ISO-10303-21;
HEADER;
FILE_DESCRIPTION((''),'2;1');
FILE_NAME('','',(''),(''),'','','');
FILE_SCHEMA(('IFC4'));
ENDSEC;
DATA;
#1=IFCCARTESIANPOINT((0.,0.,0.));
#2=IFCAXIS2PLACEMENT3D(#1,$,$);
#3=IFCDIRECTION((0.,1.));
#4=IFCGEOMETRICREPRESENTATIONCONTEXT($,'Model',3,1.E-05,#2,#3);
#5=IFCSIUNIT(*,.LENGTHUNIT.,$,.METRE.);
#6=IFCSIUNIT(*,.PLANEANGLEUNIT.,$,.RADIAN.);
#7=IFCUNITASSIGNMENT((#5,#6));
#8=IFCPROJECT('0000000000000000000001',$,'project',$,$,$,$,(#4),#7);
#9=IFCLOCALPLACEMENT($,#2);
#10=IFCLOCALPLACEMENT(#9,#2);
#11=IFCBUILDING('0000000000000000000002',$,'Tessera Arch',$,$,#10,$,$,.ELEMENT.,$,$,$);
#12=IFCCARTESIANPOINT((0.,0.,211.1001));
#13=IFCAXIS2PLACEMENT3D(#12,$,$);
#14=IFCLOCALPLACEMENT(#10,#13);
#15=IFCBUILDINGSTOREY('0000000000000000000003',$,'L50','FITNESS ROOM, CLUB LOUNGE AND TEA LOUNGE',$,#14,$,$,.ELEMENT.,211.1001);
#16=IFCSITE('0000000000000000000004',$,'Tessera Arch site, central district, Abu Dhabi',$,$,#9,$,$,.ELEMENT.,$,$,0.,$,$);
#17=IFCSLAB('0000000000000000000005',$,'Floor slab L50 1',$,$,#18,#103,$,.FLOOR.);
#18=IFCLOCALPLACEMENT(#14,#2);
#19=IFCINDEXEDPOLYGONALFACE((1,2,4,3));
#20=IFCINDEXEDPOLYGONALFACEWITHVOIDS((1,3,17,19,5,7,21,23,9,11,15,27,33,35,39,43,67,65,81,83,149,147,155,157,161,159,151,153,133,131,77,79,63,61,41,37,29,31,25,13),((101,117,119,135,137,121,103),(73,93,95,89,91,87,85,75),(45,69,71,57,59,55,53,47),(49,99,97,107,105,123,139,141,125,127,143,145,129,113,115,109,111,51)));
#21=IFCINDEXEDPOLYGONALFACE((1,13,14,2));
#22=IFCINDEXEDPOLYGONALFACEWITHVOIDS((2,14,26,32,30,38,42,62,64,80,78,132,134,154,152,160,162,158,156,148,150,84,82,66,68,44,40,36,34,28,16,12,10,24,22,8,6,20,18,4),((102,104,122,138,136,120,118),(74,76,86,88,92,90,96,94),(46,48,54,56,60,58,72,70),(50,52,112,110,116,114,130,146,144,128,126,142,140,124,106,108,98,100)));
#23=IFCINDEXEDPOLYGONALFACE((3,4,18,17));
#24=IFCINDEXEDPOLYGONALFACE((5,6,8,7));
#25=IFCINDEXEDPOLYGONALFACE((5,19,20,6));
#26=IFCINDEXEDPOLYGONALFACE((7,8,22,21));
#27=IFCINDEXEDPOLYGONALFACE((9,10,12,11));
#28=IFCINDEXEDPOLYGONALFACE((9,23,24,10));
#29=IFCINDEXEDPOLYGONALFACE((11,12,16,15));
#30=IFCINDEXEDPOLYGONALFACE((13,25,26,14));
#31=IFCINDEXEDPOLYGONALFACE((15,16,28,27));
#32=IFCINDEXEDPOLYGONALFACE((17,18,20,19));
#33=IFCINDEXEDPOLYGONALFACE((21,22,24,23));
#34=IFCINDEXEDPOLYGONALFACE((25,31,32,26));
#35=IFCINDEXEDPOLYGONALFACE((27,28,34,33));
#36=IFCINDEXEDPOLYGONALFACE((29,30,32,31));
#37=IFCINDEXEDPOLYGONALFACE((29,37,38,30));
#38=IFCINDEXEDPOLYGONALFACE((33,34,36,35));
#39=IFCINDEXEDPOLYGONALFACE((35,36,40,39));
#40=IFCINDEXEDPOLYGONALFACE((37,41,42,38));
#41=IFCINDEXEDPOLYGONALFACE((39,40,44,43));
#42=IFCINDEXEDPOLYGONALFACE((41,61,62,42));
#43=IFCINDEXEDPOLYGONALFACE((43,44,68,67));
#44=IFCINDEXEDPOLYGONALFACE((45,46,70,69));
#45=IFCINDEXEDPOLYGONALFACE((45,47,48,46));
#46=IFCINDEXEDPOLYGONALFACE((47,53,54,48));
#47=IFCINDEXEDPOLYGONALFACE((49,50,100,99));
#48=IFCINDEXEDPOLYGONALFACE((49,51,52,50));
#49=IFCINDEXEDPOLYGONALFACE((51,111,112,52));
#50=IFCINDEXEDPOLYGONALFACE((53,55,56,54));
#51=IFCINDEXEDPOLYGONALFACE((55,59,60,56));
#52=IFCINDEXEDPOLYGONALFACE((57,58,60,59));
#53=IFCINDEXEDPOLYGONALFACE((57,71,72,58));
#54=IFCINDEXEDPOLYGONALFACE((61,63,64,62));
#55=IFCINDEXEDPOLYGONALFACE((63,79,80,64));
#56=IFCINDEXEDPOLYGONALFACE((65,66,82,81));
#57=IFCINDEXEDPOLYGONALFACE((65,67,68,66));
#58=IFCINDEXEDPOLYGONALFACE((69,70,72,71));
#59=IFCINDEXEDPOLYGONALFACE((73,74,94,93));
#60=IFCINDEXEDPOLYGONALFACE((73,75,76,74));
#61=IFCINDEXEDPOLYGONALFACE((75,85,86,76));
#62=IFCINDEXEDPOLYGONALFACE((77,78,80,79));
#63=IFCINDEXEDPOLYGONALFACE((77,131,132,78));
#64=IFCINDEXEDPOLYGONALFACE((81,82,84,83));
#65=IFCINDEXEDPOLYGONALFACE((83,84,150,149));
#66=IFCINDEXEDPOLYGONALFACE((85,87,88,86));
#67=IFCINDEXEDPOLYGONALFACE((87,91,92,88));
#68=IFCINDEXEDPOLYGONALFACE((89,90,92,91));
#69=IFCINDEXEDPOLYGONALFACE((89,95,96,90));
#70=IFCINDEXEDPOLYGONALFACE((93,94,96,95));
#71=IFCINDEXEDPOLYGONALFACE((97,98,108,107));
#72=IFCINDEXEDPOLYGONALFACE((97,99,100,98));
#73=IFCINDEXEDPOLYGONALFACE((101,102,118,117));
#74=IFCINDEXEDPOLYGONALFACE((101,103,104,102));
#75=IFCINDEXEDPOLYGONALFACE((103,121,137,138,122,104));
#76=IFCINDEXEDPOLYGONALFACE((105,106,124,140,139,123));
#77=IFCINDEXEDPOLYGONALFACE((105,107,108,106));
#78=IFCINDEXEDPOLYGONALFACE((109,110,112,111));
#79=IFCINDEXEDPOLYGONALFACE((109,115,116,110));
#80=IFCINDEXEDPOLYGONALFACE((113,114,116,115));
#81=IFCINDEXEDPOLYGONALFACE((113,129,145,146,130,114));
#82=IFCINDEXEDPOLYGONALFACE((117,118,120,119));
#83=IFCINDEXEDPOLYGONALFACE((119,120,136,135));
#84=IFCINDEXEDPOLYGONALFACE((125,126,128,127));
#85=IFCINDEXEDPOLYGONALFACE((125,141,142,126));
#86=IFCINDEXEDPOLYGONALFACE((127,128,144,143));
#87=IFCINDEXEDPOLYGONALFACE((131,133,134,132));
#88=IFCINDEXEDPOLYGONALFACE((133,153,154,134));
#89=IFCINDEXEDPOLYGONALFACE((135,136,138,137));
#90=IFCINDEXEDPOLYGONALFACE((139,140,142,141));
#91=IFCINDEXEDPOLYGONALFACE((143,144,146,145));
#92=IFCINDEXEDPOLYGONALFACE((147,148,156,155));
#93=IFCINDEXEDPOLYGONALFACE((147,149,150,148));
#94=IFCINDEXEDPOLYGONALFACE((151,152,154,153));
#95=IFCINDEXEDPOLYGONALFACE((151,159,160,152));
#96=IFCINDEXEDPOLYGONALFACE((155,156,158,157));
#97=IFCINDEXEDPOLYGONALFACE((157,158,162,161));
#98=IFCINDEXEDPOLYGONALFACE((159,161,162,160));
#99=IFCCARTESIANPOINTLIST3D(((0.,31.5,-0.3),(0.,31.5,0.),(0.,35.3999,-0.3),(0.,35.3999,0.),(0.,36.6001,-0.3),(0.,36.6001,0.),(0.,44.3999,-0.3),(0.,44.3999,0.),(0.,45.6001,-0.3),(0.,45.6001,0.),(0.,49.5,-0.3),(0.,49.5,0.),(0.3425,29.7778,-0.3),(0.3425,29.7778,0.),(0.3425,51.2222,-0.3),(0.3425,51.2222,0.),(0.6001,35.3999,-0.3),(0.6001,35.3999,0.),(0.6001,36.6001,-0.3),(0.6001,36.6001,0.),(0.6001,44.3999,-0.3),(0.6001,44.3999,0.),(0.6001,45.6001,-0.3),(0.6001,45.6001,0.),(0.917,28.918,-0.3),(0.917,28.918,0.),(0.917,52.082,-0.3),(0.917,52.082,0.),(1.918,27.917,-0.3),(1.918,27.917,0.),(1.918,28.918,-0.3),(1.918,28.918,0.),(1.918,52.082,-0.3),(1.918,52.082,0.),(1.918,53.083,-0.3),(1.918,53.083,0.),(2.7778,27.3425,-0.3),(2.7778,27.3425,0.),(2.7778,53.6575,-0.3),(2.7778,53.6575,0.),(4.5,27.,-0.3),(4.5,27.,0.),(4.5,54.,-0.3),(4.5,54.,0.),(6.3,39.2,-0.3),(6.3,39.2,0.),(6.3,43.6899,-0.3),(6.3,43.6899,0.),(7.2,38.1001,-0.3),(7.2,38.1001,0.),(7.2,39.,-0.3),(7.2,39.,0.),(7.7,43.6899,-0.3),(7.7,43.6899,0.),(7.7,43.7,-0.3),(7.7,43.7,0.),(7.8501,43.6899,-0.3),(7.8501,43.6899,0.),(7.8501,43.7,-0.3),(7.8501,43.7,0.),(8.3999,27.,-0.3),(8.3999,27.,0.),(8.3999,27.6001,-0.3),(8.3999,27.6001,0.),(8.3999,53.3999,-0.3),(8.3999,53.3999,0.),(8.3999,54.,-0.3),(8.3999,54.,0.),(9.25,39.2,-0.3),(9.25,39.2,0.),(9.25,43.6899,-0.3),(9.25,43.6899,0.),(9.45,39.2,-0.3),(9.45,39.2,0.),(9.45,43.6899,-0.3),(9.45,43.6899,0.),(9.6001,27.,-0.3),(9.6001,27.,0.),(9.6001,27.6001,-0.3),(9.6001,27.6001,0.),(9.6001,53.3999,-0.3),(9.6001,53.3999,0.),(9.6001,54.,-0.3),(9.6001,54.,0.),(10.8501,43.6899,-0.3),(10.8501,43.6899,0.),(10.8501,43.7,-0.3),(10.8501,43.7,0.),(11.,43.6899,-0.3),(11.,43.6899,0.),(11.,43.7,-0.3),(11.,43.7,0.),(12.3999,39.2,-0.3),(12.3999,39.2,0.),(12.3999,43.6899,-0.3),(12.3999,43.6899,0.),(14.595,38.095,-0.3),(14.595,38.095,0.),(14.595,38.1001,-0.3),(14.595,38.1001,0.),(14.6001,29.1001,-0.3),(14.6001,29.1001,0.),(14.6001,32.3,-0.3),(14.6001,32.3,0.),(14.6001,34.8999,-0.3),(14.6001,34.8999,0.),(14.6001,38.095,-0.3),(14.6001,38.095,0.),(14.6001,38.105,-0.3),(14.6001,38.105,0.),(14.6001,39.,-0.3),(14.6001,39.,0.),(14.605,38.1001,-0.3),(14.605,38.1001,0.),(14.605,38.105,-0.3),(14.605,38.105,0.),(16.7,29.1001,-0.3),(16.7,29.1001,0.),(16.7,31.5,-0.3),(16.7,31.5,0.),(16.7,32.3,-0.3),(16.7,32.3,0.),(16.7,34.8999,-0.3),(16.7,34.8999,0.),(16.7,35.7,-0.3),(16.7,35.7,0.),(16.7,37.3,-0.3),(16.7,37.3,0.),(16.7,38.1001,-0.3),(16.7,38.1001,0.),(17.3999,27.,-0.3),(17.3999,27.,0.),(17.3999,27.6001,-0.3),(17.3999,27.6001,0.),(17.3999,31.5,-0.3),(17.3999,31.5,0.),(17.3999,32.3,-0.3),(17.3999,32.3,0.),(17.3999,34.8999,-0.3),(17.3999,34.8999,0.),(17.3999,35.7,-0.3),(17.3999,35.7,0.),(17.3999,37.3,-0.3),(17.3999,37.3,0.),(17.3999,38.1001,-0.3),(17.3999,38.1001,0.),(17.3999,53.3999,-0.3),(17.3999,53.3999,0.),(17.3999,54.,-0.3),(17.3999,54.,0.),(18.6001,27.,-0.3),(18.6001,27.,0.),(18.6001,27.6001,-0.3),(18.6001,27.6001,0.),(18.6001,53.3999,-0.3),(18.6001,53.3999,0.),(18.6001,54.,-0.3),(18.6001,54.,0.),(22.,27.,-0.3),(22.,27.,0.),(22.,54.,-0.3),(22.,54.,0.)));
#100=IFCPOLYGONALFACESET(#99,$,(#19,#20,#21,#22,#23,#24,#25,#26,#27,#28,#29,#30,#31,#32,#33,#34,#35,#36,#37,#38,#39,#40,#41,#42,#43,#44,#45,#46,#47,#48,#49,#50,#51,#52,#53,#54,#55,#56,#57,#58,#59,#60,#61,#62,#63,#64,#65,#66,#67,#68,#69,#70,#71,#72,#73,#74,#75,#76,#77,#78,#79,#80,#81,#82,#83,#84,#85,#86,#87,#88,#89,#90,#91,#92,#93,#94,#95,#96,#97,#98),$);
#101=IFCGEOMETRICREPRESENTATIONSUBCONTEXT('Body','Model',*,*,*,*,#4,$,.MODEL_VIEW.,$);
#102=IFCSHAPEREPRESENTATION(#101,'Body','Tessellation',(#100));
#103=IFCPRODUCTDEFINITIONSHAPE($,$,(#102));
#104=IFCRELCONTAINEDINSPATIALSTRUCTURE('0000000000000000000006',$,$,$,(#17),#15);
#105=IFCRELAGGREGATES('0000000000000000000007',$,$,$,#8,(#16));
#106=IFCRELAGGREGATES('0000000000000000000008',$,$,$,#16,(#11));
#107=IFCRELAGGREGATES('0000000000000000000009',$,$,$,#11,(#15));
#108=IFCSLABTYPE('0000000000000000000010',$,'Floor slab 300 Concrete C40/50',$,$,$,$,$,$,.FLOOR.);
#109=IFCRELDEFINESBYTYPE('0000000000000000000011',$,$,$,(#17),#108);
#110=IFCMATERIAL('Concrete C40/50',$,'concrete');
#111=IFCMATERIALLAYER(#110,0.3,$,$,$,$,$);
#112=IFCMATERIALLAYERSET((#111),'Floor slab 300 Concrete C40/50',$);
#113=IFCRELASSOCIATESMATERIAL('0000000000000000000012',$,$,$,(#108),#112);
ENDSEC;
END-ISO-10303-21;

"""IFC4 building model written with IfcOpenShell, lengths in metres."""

from ifc_helpers import new_model, si_unit, direction, frame, origin, place, context, subcontext, project, spatial, polyline, outline, extrude, material, layer, layer_set, type_object, element, save


model = new_model("IFC4")

# Units and contexts
model_context = context("Model", 3, precision=1e-05, world=origin(), true_north=direction((0.0, 1.0)))
body_context = subcontext(model_context, "Body", "Model", "MODEL_VIEW")
ifc_project = project(units=[si_unit("LENGTHUNIT", "METRE"), si_unit("PLANEANGLEUNIT", "RADIAN")], contexts=[model_context])

# Site, building, storey
site_placement = place(None, origin())
site = spatial("IfcSite", under=ifc_project, at=site_placement, Name="Tessera Arch site, central district, Abu Dhabi", CompositionType="ELEMENT", RefElevation=0.0)
building_placement = place(site_placement, origin())
building = spatial("IfcBuilding", under=site, at=building_placement, Name="Tessera Arch", CompositionType="ELEMENT")
storey_placement = place(building_placement, frame((0.0, 0.0, 211.1001)))
storey = spatial("IfcBuildingStorey", under=building, at=storey_placement, Name="L50", Description="FITNESS ROOM, CLUB LOUNGE AND TEA LOUNGE", CompositionType="ELEMENT", Elevation=211.1001)

# Slab
ifc_material_1 = material(Name="Concrete C40/50", Category="concrete")
ifc_layer_1 = layer(ifc_material_1, 0.3)
ifc_layer_set_1 = layer_set([ifc_layer_1], Name="Floor slab 300 Concrete C40/50")
slab_type_1 = type_object("IfcSlabType", Name="Floor slab 300 Concrete C40/50", PredefinedType="FLOOR", material=ifc_layer_set_1)
slab_1_placement = place(storey_placement, frame((0.0, 0.0, -0.3)))
element("IfcSlab", 1, at=slab_1_placement, inside=storey, type_object=slab_type_1, Name="Floor slab L50 1", PredefinedType="FLOOR", context=body_context, shape_type="SweptSolid", body=[
    extrude(outline(polyline([(1.918, 27.917), (1.918, 28.918), (0.917, 28.918), (0.3425, 29.7778), (0.0, 31.5), (0.0, 35.3999), (0.6001, 35.3999), (0.6001, 36.6001), (0.0, 36.6001), (0.0, 44.3999), (0.6001, 44.3999), (0.6001, 45.6001), (0.0, 45.6001), (0.0, 49.5), (0.3425, 51.2222), (0.917, 52.082), (1.918, 52.082), (1.918, 53.083), (2.7778, 53.6575), (4.5, 54.0), (8.3999, 54.0), (8.3999, 53.3999), (9.6001, 53.3999), (9.6001, 54.0), (17.3999, 54.0), (17.3999, 53.3999), (18.6001, 53.3999), (18.6001, 54.0), (22.0, 54.0), (22.0, 27.0), (18.6001, 27.0), (18.6001, 27.6001), (17.3999, 27.6001), (17.3999, 27.0), (9.6001, 27.0), (9.6001, 27.6001), (8.3999, 27.6001), (8.3999, 27.0), (4.5, 27.0), (2.7778, 27.3425), (1.918, 27.917)]), holes=[polyline([(14.6001, 29.1001), (16.7, 29.1001), (16.7, 31.5), (17.3999, 31.5), (17.3999, 32.3), (16.7, 32.3), (14.6001, 32.3), (14.6001, 29.1001)]), polyline([(17.3999, 35.7), (16.7, 35.7), (16.7, 37.3), (17.3999, 37.3), (17.3999, 38.1001), (16.7, 38.1001), (14.605, 38.1001), (14.605, 38.105), (14.6001, 38.105), (14.6001, 39.0), (7.2, 39.0), (7.2, 38.1001), (14.595, 38.1001), (14.595, 38.095), (14.6001, 38.095), (14.6001, 34.8999), (16.7, 34.8999), (17.3999, 34.8999), (17.3999, 35.7)]), polyline([(6.3, 43.6899), (6.3, 39.2), (9.25, 39.2), (9.25, 43.6899), (7.8501, 43.6899), (7.8501, 43.7), (7.7, 43.7), (7.7, 43.6899), (6.3, 43.6899)]), polyline([(9.45, 43.6899), (9.45, 39.2), (12.3999, 39.2), (12.3999, 43.6899), (11.0, 43.6899), (11.0, 43.7), (10.8501, 43.7), (10.8501, 43.6899), (9.45, 43.6899)])]), origin(), (0.0, 0.0, 1.0), 0.3),
])

save(model, "model.ifc")
